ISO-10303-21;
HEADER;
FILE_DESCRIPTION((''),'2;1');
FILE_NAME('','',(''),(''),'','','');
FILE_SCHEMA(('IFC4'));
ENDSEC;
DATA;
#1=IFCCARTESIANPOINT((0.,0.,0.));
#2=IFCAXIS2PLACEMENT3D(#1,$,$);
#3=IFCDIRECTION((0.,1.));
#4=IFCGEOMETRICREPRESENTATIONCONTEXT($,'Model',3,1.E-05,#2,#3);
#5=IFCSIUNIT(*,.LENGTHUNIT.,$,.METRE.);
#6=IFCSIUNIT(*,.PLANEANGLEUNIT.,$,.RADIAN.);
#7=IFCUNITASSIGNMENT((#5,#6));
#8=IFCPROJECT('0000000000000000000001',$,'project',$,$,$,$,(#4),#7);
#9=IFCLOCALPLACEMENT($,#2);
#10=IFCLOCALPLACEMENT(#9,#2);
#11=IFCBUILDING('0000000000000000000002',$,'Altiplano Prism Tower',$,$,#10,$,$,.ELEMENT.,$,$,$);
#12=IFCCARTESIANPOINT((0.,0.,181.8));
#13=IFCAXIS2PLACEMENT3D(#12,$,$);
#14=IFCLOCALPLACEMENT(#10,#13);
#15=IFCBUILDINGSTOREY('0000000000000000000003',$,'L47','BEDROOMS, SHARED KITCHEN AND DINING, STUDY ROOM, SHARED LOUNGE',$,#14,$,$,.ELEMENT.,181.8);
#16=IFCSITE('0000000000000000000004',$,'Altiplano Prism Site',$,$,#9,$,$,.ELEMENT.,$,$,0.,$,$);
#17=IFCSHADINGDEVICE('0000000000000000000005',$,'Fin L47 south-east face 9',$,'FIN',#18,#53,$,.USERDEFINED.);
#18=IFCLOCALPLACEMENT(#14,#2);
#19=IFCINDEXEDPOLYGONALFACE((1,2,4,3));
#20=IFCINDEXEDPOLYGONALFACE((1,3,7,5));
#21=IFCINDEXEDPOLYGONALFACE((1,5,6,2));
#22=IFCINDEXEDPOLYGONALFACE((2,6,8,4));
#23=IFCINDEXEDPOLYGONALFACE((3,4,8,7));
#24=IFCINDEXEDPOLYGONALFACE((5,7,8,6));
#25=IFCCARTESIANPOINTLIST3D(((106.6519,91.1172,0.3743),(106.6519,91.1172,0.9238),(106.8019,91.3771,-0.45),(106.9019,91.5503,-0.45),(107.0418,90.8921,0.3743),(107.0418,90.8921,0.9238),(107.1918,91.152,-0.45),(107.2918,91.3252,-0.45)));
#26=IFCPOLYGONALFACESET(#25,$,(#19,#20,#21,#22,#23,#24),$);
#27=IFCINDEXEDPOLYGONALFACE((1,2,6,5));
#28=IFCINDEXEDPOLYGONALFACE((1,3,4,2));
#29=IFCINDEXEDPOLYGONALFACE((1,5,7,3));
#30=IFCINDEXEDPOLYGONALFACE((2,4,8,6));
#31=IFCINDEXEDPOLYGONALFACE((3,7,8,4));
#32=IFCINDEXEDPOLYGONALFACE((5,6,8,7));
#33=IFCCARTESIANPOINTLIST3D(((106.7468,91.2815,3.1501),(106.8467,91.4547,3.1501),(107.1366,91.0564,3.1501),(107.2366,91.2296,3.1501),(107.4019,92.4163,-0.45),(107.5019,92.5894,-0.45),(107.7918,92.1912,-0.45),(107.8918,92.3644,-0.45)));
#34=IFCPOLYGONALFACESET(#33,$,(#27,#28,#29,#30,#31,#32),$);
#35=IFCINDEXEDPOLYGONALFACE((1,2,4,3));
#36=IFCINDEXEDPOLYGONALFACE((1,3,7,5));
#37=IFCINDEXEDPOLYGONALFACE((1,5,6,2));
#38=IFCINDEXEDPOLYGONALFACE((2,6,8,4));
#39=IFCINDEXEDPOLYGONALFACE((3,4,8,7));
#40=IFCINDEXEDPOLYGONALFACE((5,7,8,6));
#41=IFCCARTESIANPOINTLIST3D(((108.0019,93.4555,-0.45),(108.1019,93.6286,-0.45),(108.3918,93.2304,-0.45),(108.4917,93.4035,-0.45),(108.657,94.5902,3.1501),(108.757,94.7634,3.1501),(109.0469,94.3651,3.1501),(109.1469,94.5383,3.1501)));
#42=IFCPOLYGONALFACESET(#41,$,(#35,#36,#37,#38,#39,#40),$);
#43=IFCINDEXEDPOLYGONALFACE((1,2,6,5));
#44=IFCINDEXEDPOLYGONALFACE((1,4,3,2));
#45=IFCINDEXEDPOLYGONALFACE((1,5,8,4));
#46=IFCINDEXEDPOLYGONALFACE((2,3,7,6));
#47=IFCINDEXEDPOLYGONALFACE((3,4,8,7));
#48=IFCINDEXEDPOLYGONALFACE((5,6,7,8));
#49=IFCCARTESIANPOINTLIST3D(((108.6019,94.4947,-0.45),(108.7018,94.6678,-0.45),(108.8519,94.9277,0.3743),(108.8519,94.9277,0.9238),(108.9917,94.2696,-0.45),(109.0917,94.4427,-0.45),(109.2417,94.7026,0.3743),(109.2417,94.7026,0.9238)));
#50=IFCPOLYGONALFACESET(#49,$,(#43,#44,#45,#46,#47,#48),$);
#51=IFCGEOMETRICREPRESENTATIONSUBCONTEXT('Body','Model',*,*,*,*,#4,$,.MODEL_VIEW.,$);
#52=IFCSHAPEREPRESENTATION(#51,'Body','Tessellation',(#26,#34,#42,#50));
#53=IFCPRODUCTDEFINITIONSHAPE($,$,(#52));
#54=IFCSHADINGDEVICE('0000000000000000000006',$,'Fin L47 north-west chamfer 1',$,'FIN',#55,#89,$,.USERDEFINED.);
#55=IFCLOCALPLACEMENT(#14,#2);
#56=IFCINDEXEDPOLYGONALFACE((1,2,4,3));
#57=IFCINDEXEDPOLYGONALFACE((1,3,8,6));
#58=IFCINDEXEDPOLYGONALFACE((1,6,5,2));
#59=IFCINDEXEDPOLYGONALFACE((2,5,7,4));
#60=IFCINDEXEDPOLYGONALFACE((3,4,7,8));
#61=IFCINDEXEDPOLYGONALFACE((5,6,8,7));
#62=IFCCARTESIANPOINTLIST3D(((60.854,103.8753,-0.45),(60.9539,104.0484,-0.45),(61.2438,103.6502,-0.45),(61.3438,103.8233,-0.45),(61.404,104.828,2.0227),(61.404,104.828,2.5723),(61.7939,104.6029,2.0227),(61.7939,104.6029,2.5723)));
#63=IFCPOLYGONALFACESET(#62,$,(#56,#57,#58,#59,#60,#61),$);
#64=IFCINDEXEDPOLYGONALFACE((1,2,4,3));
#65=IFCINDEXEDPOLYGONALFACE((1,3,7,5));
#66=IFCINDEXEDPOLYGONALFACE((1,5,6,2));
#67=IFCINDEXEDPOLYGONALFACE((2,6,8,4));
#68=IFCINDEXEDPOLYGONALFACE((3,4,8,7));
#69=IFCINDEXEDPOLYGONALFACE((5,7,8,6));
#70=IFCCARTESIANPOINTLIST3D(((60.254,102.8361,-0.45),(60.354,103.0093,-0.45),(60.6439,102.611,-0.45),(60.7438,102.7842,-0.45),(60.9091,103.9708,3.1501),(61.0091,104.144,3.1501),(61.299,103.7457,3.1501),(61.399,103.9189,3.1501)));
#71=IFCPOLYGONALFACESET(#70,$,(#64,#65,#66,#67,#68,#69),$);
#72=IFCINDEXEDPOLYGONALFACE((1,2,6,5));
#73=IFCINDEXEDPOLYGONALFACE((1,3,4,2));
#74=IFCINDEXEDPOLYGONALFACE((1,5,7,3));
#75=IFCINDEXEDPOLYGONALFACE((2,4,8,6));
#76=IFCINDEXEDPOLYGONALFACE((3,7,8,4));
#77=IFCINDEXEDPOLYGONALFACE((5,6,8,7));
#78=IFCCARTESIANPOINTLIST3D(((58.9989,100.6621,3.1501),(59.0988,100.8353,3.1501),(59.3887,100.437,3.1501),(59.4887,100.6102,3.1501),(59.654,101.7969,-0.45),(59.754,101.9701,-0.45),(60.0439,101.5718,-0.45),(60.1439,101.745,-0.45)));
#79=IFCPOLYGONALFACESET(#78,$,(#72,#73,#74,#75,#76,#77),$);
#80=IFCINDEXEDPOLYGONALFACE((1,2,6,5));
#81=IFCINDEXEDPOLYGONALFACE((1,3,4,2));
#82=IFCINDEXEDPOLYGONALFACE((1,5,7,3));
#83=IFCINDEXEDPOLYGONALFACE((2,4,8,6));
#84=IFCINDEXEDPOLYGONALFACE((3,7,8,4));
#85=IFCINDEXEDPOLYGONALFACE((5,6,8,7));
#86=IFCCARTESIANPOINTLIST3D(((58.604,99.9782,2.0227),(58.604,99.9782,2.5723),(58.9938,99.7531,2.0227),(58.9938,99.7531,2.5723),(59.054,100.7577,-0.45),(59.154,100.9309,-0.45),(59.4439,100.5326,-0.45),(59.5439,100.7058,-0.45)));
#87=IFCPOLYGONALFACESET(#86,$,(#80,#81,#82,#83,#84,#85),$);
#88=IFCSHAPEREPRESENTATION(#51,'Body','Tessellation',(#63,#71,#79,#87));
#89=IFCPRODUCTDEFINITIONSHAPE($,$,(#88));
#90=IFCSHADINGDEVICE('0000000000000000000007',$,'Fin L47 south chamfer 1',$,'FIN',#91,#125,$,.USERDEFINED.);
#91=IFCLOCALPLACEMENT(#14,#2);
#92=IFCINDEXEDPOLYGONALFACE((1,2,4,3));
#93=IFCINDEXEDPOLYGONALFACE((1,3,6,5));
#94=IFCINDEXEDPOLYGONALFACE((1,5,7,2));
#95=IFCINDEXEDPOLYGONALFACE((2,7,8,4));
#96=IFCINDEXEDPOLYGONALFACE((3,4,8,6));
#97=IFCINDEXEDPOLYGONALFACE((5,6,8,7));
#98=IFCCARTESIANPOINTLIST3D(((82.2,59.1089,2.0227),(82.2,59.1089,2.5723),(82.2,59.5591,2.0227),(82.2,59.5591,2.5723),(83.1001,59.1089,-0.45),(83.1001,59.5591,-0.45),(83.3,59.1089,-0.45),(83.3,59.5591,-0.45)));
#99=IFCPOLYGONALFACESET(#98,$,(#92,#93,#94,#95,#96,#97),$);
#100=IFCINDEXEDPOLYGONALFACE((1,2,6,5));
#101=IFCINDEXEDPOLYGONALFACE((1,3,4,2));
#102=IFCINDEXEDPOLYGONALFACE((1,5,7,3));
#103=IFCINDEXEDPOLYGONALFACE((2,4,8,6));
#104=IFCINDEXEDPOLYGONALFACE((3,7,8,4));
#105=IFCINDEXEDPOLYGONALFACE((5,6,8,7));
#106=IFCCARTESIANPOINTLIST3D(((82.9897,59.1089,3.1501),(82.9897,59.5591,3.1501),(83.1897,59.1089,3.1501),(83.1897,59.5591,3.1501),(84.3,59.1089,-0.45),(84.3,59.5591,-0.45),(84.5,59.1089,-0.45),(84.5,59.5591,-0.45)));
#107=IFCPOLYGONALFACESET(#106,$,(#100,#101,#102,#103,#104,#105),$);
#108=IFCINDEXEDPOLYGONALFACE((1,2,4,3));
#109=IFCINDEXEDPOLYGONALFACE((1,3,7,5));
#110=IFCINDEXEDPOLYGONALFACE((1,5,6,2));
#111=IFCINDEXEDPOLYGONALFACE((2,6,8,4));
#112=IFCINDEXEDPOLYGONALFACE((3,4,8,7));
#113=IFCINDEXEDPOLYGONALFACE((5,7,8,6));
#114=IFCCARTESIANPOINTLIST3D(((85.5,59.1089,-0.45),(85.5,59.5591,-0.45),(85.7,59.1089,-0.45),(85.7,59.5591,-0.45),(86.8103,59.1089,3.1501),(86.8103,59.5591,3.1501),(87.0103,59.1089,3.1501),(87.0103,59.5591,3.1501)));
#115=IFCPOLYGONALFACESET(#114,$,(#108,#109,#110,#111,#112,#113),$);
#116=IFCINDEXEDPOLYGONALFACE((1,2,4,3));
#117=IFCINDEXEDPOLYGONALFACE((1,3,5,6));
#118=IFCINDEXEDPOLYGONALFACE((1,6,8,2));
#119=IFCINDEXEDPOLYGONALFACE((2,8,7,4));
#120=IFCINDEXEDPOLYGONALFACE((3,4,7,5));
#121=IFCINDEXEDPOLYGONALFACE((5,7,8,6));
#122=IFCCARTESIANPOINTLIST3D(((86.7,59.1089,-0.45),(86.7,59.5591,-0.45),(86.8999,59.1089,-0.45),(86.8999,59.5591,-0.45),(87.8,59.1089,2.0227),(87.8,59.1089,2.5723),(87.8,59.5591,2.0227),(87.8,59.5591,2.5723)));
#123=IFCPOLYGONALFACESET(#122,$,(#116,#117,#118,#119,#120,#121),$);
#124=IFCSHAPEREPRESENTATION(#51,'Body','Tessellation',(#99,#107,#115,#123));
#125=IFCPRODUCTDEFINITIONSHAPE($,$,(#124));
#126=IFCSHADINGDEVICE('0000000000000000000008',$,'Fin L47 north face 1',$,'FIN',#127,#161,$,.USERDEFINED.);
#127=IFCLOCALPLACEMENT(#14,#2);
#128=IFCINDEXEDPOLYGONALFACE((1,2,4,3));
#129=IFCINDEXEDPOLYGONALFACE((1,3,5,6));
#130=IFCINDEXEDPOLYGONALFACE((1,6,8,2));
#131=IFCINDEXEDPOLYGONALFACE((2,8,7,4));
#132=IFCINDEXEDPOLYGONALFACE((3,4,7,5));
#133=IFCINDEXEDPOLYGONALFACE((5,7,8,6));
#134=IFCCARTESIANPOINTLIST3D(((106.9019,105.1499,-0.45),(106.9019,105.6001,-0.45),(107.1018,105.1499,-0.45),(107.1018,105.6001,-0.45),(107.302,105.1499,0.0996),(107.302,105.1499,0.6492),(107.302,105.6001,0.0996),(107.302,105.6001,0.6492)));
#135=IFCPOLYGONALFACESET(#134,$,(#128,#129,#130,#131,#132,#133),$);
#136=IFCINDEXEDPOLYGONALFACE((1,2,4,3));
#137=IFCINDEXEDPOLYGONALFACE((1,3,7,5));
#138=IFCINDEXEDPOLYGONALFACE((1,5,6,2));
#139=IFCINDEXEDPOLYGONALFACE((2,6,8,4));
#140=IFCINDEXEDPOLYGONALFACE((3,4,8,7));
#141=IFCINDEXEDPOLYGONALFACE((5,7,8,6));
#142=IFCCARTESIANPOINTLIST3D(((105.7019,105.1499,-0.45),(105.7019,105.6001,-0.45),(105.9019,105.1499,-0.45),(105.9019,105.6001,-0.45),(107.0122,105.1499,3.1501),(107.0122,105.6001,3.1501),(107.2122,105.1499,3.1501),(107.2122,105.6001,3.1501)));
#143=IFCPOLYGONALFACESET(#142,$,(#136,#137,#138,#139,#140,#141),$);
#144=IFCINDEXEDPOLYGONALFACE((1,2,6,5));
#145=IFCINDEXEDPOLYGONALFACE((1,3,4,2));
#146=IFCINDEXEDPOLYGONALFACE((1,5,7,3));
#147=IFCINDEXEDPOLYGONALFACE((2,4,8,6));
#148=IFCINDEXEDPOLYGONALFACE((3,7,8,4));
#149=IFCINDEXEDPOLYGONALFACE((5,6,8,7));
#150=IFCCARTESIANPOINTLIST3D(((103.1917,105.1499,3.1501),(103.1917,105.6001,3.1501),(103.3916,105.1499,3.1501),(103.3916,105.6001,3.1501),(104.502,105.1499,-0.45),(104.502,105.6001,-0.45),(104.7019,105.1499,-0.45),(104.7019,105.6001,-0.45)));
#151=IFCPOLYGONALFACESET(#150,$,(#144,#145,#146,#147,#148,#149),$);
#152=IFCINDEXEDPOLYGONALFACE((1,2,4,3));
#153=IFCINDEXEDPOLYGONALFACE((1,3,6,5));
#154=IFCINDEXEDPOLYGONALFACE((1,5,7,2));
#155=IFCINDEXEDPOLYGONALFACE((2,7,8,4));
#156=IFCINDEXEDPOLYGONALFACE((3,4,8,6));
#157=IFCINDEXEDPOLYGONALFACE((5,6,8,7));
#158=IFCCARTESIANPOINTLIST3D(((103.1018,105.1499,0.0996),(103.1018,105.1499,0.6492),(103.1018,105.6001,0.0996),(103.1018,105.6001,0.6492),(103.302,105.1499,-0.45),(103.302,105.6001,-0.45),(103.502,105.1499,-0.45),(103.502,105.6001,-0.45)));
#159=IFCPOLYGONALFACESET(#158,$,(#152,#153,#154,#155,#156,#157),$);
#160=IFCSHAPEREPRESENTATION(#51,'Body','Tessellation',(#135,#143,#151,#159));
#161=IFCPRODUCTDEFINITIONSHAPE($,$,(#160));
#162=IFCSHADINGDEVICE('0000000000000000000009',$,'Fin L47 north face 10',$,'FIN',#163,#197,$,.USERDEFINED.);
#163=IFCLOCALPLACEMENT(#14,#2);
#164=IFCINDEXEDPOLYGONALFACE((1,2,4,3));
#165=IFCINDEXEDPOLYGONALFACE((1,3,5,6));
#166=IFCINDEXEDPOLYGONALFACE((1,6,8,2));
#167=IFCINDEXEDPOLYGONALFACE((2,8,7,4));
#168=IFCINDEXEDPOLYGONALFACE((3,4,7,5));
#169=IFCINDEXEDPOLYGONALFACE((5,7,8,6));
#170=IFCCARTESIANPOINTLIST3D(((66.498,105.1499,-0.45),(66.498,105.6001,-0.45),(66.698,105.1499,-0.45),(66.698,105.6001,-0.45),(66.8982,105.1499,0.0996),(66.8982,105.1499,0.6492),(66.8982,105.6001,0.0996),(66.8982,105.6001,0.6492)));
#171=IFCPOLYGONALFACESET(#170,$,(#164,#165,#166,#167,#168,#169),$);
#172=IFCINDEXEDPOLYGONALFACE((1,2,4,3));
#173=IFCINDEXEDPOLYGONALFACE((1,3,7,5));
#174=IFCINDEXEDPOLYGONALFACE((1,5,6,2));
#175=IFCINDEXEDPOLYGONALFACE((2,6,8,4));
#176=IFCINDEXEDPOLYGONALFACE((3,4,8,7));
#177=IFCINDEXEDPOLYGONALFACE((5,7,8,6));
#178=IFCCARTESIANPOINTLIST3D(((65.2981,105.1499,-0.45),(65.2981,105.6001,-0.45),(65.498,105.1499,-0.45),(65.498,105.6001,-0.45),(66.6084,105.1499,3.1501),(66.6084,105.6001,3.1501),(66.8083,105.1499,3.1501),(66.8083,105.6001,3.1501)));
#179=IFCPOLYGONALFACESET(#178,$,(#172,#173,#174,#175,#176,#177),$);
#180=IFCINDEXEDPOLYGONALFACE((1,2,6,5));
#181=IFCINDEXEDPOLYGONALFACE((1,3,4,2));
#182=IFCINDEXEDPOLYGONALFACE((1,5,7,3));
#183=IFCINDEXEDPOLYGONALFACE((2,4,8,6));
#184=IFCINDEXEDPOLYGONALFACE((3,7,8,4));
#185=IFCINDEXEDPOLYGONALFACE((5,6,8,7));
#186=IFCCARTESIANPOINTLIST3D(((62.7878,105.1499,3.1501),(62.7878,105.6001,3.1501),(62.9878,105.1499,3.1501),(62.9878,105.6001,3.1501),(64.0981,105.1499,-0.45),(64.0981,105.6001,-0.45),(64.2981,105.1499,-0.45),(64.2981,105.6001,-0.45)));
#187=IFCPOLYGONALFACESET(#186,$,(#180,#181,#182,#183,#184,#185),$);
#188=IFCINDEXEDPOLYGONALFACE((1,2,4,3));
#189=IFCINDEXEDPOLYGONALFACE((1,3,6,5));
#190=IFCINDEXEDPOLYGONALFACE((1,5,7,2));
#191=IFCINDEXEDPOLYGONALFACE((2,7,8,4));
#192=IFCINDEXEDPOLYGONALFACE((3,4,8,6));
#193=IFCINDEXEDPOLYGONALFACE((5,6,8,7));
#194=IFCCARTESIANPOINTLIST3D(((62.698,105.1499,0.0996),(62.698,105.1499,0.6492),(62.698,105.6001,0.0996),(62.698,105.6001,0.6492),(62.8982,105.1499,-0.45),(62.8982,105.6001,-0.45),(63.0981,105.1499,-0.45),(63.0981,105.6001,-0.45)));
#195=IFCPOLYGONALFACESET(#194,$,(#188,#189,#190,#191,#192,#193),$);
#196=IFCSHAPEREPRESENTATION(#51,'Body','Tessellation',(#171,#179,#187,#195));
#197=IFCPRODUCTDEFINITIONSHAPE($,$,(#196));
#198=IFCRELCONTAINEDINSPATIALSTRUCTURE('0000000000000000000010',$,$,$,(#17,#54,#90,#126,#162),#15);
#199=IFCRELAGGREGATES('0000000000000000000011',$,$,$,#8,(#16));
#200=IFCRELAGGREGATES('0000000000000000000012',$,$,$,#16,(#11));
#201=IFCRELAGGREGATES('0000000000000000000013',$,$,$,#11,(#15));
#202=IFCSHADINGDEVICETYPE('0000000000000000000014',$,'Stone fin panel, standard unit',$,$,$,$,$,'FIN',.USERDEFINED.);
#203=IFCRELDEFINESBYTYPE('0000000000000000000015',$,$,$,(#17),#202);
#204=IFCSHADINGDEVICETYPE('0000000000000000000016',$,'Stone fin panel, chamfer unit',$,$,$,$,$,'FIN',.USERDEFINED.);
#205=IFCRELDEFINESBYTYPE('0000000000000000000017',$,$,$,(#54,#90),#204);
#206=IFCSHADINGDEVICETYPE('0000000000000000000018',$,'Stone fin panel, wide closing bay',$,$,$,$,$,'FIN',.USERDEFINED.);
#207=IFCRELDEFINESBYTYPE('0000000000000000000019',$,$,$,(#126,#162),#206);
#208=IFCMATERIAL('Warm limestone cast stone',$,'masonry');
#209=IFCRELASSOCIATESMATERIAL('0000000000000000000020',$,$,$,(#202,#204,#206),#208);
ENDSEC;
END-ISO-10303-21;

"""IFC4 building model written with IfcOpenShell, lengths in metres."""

from ifc_helpers import new_model, si_unit, direction, frame, origin, place, context, subcontext, project, spatial, polyline, outline, extrude, source, transform, mapped, material, type_object, element, save


model = new_model("IFC4")

# Units and contexts
model_context = context("Model", 3, precision=1e-05, world=origin(), true_north=direction((0.0, 1.0)))
body_context = subcontext(model_context, "Body", "Model", "MODEL_VIEW")
ifc_project = project(units=[si_unit("LENGTHUNIT", "METRE"), si_unit("PLANEANGLEUNIT", "RADIAN")], contexts=[model_context])

# Site, building, storey
site_placement = place(None, origin())
site = spatial("IfcSite", under=ifc_project, at=site_placement, Name="Altiplano Prism Site", CompositionType="ELEMENT", RefElevation=0.0)
building_placement = place(site_placement, origin())
building = spatial("IfcBuilding", under=site, at=building_placement, Name="Altiplano Prism Tower", CompositionType="ELEMENT")
storey_placement = place(building_placement, frame((0.0, 0.0, 181.8)))
storey = spatial("IfcBuildingStorey", under=building, at=storey_placement, Name="L47", Description="BEDROOMS, SHARED KITCHEN AND DINING, STUDY ROOM, SHARED LOUNGE", CompositionType="ELEMENT", Elevation=181.8)

# Shading devices
ifc_material_1 = material(Name="Warm limestone cast stone", Category="masonry")
shading_device_type_1 = type_object("IfcShadingDeviceType", Name="Stone fin panel, standard unit", ElementType="FIN", PredefinedType="USERDEFINED", material=ifc_material_1)
shared_shape_1 = source(origin(), body_context, "Body", "SweptSolid", [
    extrude(outline(polyline([(-2.2, 1.3738), (-2.2, 0.8242), (-1.8999, 0.0), (-1.7, 0.0), (-2.2, 1.3738)])), frame((0.0, -0.1499, 0.0), z_axis=(0.0, -1.0, 0.0), x_axis=(1.0, 0.0, 0.0)), (0.0, 0.0, 1.0), 0.4502),
    extrude(outline(polyline([(-2.0103, 3.6001), (-0.7, 0.0), (-0.5, 0.0), (-1.8103, 3.6001), (-2.0103, 3.6001)])), frame((0.0, -0.1499, 0.0), z_axis=(0.0, -1.0, 0.0), x_axis=(1.0, 0.0, 0.0)), (0.0, 0.0, 1.0), 0.4502),
    extrude(outline(polyline([(1.8103, 3.6001), (0.5, 0.0), (0.7, 0.0), (2.0103, 3.6001), (1.8103, 3.6001)])), frame((0.0, -0.1499, 0.0), z_axis=(0.0, -1.0, 0.0), x_axis=(1.0, 0.0, 0.0)), (0.0, 0.0, 1.0), 0.4502),
    extrude(outline(polyline([(2.2, 0.8242), (2.2, 1.3738), (1.7, 0.0), (1.8999, 0.0), (2.2, 0.8242)])), frame((0.0, -0.1499, 0.0), z_axis=(0.0, -1.0, 0.0), x_axis=(1.0, 0.0, 0.0)), (0.0, 0.0, 1.0), 0.4502),
])
shading_device_1_placement = place(storey_placement, origin())
element("IfcShadingDevice", 1, at=shading_device_1_placement, inside=storey, type_object=shading_device_type_1, Name="Fin L47 south-east face 9", ObjectType="FIN", PredefinedType="USERDEFINED", context=body_context, shape_type="MappedRepresentation", body=[
    mapped(shared_shape_1, transform((107.6221, 93.0974, -0.45), x_axis=(0.5, 0.866025, 0.0), y_axis=(-0.866025, 0.5, 0.0), z_axis=(0.0, 0.0, 1.0))),
])
shading_device_type_2 = type_object("IfcShadingDeviceType", Name="Stone fin panel, chamfer unit", ElementType="FIN", PredefinedType="USERDEFINED", material=ifc_material_1)
shared_shape_2 = source(origin(), body_context, "Body", "SweptSolid", [
    extrude(outline(polyline([(-2.8, 3.0222), (-2.8, 2.4727), (-1.8999, 0.0), (-1.7, 0.0), (-2.8, 3.0222)])), frame((0.0, -0.1499, 0.0), z_axis=(0.0, -1.0, 0.0), x_axis=(1.0, 0.0, 0.0)), (0.0, 0.0, 1.0), 0.4502),
    extrude(outline(polyline([(-2.0103, 3.6001), (-0.7, 0.0), (-0.5, 0.0), (-1.8103, 3.6001), (-2.0103, 3.6001)])), frame((0.0, -0.1499, 0.0), z_axis=(0.0, -1.0, 0.0), x_axis=(1.0, 0.0, 0.0)), (0.0, 0.0, 1.0), 0.4502),
    extrude(outline(polyline([(1.8103, 3.6001), (0.5, 0.0), (0.7, 0.0), (2.0103, 3.6001), (1.8103, 3.6001)])), frame((0.0, -0.1499, 0.0), z_axis=(0.0, -1.0, 0.0), x_axis=(1.0, 0.0, 0.0)), (0.0, 0.0, 1.0), 0.4502),
    extrude(outline(polyline([(2.8, 2.4727), (2.8, 3.0222), (1.7, 0.0), (1.8999, 0.0), (2.8, 2.4727)])), frame((0.0, -0.1499, 0.0), z_axis=(0.0, -1.0, 0.0), x_axis=(1.0, 0.0, 0.0)), (0.0, 0.0, 1.0), 0.4502),
])
shading_device_2_placement = place(storey_placement, origin())
element("IfcShadingDevice", 2, at=shading_device_2_placement, inside=storey, type_object=shading_device_type_2, Name="Fin L47 north-west chamfer 1", ObjectType="FIN", PredefinedType="USERDEFINED", context=body_context, shape_type="MappedRepresentation", body=[
    mapped(shared_shape_2, transform((60.5237, 102.103, -0.45), x_axis=(-0.5, -0.866025, 0.0), y_axis=(0.866025, -0.5, 0.0), z_axis=(0.0, 0.0, 1.0))),
])
shading_device_3_placement = place(storey_placement, origin())
element("IfcShadingDevice", 3, at=shading_device_3_placement, inside=storey, type_object=shading_device_type_2, Name="Fin L47 south chamfer 1", ObjectType="FIN", PredefinedType="USERDEFINED", context=body_context, shape_type="MappedRepresentation", body=[
    mapped(shared_shape_2, transform((85.0, 59.709, -0.45), x_axis=(1.0, 0.0, 0.0), y_axis=(0.0, 1.0, 0.0), z_axis=(0.0, 0.0, 1.0))),
])
shading_device_type_3 = type_object("IfcShadingDeviceType", Name="Stone fin panel, wide closing bay", ElementType="FIN", PredefinedType="USERDEFINED", material=ifc_material_1)
shared_shape_3 = source(origin(), body_context, "Body", "SweptSolid", [
    extrude(outline(polyline([(-2.1001, 1.0991), (-2.1001, 0.5496), (-1.8999, 0.0), (-1.7, 0.0), (-2.1001, 1.0991)])), frame((0.0, -0.1499, 0.0), z_axis=(0.0, -1.0, 0.0), x_axis=(1.0, 0.0, 0.0)), (0.0, 0.0, 1.0), 0.4502),
    extrude(outline(polyline([(-2.0103, 3.6001), (-0.7, 0.0), (-0.5, 0.0), (-1.8103, 3.6001), (-2.0103, 3.6001)])), frame((0.0, -0.1499, 0.0), z_axis=(0.0, -1.0, 0.0), x_axis=(1.0, 0.0, 0.0)), (0.0, 0.0, 1.0), 0.4502),
    extrude(outline(polyline([(1.8103, 3.6001), (0.5, 0.0), (0.7, 0.0), (2.0103, 3.6001), (1.8103, 3.6001)])), frame((0.0, -0.1499, 0.0), z_axis=(0.0, -1.0, 0.0), x_axis=(1.0, 0.0, 0.0)), (0.0, 0.0, 1.0), 0.4502),
    extrude(outline(polyline([(2.1001, 0.5496), (2.1001, 1.0991), (1.7, 0.0), (1.8999, 0.0), (2.1001, 0.5496)])), frame((0.0, -0.1499, 0.0), z_axis=(0.0, -1.0, 0.0), x_axis=(1.0, 0.0, 0.0)), (0.0, 0.0, 1.0), 0.4502),
])
shading_device_4_placement = place(storey_placement, origin())
element("IfcShadingDevice", 4, at=shading_device_4_placement, inside=storey, type_object=shading_device_type_3, Name="Fin L47 north face 1", ObjectType="FIN", PredefinedType="USERDEFINED", context=body_context, shape_type="MappedRepresentation", body=[
    mapped(shared_shape_3, transform((105.2019, 105.0, -0.45), x_axis=(-1.0, 0.0, 0.0), y_axis=(0.0, -1.0, 0.0), z_axis=(0.0, 0.0, 1.0))),
])
shading_device_5_placement = place(storey_placement, origin())
element("IfcShadingDevice", 5, at=shading_device_5_placement, inside=storey, type_object=shading_device_type_3, Name="Fin L47 north face 10", ObjectType="FIN", PredefinedType="USERDEFINED", context=body_context, shape_type="MappedRepresentation", body=[
    mapped(shared_shape_3, transform((64.7981, 105.0, -0.45), x_axis=(-1.0, 0.0, 0.0), y_axis=(0.0, -1.0, 0.0), z_axis=(0.0, 0.0, 1.0))),
])

save(model, "model.ifc")
